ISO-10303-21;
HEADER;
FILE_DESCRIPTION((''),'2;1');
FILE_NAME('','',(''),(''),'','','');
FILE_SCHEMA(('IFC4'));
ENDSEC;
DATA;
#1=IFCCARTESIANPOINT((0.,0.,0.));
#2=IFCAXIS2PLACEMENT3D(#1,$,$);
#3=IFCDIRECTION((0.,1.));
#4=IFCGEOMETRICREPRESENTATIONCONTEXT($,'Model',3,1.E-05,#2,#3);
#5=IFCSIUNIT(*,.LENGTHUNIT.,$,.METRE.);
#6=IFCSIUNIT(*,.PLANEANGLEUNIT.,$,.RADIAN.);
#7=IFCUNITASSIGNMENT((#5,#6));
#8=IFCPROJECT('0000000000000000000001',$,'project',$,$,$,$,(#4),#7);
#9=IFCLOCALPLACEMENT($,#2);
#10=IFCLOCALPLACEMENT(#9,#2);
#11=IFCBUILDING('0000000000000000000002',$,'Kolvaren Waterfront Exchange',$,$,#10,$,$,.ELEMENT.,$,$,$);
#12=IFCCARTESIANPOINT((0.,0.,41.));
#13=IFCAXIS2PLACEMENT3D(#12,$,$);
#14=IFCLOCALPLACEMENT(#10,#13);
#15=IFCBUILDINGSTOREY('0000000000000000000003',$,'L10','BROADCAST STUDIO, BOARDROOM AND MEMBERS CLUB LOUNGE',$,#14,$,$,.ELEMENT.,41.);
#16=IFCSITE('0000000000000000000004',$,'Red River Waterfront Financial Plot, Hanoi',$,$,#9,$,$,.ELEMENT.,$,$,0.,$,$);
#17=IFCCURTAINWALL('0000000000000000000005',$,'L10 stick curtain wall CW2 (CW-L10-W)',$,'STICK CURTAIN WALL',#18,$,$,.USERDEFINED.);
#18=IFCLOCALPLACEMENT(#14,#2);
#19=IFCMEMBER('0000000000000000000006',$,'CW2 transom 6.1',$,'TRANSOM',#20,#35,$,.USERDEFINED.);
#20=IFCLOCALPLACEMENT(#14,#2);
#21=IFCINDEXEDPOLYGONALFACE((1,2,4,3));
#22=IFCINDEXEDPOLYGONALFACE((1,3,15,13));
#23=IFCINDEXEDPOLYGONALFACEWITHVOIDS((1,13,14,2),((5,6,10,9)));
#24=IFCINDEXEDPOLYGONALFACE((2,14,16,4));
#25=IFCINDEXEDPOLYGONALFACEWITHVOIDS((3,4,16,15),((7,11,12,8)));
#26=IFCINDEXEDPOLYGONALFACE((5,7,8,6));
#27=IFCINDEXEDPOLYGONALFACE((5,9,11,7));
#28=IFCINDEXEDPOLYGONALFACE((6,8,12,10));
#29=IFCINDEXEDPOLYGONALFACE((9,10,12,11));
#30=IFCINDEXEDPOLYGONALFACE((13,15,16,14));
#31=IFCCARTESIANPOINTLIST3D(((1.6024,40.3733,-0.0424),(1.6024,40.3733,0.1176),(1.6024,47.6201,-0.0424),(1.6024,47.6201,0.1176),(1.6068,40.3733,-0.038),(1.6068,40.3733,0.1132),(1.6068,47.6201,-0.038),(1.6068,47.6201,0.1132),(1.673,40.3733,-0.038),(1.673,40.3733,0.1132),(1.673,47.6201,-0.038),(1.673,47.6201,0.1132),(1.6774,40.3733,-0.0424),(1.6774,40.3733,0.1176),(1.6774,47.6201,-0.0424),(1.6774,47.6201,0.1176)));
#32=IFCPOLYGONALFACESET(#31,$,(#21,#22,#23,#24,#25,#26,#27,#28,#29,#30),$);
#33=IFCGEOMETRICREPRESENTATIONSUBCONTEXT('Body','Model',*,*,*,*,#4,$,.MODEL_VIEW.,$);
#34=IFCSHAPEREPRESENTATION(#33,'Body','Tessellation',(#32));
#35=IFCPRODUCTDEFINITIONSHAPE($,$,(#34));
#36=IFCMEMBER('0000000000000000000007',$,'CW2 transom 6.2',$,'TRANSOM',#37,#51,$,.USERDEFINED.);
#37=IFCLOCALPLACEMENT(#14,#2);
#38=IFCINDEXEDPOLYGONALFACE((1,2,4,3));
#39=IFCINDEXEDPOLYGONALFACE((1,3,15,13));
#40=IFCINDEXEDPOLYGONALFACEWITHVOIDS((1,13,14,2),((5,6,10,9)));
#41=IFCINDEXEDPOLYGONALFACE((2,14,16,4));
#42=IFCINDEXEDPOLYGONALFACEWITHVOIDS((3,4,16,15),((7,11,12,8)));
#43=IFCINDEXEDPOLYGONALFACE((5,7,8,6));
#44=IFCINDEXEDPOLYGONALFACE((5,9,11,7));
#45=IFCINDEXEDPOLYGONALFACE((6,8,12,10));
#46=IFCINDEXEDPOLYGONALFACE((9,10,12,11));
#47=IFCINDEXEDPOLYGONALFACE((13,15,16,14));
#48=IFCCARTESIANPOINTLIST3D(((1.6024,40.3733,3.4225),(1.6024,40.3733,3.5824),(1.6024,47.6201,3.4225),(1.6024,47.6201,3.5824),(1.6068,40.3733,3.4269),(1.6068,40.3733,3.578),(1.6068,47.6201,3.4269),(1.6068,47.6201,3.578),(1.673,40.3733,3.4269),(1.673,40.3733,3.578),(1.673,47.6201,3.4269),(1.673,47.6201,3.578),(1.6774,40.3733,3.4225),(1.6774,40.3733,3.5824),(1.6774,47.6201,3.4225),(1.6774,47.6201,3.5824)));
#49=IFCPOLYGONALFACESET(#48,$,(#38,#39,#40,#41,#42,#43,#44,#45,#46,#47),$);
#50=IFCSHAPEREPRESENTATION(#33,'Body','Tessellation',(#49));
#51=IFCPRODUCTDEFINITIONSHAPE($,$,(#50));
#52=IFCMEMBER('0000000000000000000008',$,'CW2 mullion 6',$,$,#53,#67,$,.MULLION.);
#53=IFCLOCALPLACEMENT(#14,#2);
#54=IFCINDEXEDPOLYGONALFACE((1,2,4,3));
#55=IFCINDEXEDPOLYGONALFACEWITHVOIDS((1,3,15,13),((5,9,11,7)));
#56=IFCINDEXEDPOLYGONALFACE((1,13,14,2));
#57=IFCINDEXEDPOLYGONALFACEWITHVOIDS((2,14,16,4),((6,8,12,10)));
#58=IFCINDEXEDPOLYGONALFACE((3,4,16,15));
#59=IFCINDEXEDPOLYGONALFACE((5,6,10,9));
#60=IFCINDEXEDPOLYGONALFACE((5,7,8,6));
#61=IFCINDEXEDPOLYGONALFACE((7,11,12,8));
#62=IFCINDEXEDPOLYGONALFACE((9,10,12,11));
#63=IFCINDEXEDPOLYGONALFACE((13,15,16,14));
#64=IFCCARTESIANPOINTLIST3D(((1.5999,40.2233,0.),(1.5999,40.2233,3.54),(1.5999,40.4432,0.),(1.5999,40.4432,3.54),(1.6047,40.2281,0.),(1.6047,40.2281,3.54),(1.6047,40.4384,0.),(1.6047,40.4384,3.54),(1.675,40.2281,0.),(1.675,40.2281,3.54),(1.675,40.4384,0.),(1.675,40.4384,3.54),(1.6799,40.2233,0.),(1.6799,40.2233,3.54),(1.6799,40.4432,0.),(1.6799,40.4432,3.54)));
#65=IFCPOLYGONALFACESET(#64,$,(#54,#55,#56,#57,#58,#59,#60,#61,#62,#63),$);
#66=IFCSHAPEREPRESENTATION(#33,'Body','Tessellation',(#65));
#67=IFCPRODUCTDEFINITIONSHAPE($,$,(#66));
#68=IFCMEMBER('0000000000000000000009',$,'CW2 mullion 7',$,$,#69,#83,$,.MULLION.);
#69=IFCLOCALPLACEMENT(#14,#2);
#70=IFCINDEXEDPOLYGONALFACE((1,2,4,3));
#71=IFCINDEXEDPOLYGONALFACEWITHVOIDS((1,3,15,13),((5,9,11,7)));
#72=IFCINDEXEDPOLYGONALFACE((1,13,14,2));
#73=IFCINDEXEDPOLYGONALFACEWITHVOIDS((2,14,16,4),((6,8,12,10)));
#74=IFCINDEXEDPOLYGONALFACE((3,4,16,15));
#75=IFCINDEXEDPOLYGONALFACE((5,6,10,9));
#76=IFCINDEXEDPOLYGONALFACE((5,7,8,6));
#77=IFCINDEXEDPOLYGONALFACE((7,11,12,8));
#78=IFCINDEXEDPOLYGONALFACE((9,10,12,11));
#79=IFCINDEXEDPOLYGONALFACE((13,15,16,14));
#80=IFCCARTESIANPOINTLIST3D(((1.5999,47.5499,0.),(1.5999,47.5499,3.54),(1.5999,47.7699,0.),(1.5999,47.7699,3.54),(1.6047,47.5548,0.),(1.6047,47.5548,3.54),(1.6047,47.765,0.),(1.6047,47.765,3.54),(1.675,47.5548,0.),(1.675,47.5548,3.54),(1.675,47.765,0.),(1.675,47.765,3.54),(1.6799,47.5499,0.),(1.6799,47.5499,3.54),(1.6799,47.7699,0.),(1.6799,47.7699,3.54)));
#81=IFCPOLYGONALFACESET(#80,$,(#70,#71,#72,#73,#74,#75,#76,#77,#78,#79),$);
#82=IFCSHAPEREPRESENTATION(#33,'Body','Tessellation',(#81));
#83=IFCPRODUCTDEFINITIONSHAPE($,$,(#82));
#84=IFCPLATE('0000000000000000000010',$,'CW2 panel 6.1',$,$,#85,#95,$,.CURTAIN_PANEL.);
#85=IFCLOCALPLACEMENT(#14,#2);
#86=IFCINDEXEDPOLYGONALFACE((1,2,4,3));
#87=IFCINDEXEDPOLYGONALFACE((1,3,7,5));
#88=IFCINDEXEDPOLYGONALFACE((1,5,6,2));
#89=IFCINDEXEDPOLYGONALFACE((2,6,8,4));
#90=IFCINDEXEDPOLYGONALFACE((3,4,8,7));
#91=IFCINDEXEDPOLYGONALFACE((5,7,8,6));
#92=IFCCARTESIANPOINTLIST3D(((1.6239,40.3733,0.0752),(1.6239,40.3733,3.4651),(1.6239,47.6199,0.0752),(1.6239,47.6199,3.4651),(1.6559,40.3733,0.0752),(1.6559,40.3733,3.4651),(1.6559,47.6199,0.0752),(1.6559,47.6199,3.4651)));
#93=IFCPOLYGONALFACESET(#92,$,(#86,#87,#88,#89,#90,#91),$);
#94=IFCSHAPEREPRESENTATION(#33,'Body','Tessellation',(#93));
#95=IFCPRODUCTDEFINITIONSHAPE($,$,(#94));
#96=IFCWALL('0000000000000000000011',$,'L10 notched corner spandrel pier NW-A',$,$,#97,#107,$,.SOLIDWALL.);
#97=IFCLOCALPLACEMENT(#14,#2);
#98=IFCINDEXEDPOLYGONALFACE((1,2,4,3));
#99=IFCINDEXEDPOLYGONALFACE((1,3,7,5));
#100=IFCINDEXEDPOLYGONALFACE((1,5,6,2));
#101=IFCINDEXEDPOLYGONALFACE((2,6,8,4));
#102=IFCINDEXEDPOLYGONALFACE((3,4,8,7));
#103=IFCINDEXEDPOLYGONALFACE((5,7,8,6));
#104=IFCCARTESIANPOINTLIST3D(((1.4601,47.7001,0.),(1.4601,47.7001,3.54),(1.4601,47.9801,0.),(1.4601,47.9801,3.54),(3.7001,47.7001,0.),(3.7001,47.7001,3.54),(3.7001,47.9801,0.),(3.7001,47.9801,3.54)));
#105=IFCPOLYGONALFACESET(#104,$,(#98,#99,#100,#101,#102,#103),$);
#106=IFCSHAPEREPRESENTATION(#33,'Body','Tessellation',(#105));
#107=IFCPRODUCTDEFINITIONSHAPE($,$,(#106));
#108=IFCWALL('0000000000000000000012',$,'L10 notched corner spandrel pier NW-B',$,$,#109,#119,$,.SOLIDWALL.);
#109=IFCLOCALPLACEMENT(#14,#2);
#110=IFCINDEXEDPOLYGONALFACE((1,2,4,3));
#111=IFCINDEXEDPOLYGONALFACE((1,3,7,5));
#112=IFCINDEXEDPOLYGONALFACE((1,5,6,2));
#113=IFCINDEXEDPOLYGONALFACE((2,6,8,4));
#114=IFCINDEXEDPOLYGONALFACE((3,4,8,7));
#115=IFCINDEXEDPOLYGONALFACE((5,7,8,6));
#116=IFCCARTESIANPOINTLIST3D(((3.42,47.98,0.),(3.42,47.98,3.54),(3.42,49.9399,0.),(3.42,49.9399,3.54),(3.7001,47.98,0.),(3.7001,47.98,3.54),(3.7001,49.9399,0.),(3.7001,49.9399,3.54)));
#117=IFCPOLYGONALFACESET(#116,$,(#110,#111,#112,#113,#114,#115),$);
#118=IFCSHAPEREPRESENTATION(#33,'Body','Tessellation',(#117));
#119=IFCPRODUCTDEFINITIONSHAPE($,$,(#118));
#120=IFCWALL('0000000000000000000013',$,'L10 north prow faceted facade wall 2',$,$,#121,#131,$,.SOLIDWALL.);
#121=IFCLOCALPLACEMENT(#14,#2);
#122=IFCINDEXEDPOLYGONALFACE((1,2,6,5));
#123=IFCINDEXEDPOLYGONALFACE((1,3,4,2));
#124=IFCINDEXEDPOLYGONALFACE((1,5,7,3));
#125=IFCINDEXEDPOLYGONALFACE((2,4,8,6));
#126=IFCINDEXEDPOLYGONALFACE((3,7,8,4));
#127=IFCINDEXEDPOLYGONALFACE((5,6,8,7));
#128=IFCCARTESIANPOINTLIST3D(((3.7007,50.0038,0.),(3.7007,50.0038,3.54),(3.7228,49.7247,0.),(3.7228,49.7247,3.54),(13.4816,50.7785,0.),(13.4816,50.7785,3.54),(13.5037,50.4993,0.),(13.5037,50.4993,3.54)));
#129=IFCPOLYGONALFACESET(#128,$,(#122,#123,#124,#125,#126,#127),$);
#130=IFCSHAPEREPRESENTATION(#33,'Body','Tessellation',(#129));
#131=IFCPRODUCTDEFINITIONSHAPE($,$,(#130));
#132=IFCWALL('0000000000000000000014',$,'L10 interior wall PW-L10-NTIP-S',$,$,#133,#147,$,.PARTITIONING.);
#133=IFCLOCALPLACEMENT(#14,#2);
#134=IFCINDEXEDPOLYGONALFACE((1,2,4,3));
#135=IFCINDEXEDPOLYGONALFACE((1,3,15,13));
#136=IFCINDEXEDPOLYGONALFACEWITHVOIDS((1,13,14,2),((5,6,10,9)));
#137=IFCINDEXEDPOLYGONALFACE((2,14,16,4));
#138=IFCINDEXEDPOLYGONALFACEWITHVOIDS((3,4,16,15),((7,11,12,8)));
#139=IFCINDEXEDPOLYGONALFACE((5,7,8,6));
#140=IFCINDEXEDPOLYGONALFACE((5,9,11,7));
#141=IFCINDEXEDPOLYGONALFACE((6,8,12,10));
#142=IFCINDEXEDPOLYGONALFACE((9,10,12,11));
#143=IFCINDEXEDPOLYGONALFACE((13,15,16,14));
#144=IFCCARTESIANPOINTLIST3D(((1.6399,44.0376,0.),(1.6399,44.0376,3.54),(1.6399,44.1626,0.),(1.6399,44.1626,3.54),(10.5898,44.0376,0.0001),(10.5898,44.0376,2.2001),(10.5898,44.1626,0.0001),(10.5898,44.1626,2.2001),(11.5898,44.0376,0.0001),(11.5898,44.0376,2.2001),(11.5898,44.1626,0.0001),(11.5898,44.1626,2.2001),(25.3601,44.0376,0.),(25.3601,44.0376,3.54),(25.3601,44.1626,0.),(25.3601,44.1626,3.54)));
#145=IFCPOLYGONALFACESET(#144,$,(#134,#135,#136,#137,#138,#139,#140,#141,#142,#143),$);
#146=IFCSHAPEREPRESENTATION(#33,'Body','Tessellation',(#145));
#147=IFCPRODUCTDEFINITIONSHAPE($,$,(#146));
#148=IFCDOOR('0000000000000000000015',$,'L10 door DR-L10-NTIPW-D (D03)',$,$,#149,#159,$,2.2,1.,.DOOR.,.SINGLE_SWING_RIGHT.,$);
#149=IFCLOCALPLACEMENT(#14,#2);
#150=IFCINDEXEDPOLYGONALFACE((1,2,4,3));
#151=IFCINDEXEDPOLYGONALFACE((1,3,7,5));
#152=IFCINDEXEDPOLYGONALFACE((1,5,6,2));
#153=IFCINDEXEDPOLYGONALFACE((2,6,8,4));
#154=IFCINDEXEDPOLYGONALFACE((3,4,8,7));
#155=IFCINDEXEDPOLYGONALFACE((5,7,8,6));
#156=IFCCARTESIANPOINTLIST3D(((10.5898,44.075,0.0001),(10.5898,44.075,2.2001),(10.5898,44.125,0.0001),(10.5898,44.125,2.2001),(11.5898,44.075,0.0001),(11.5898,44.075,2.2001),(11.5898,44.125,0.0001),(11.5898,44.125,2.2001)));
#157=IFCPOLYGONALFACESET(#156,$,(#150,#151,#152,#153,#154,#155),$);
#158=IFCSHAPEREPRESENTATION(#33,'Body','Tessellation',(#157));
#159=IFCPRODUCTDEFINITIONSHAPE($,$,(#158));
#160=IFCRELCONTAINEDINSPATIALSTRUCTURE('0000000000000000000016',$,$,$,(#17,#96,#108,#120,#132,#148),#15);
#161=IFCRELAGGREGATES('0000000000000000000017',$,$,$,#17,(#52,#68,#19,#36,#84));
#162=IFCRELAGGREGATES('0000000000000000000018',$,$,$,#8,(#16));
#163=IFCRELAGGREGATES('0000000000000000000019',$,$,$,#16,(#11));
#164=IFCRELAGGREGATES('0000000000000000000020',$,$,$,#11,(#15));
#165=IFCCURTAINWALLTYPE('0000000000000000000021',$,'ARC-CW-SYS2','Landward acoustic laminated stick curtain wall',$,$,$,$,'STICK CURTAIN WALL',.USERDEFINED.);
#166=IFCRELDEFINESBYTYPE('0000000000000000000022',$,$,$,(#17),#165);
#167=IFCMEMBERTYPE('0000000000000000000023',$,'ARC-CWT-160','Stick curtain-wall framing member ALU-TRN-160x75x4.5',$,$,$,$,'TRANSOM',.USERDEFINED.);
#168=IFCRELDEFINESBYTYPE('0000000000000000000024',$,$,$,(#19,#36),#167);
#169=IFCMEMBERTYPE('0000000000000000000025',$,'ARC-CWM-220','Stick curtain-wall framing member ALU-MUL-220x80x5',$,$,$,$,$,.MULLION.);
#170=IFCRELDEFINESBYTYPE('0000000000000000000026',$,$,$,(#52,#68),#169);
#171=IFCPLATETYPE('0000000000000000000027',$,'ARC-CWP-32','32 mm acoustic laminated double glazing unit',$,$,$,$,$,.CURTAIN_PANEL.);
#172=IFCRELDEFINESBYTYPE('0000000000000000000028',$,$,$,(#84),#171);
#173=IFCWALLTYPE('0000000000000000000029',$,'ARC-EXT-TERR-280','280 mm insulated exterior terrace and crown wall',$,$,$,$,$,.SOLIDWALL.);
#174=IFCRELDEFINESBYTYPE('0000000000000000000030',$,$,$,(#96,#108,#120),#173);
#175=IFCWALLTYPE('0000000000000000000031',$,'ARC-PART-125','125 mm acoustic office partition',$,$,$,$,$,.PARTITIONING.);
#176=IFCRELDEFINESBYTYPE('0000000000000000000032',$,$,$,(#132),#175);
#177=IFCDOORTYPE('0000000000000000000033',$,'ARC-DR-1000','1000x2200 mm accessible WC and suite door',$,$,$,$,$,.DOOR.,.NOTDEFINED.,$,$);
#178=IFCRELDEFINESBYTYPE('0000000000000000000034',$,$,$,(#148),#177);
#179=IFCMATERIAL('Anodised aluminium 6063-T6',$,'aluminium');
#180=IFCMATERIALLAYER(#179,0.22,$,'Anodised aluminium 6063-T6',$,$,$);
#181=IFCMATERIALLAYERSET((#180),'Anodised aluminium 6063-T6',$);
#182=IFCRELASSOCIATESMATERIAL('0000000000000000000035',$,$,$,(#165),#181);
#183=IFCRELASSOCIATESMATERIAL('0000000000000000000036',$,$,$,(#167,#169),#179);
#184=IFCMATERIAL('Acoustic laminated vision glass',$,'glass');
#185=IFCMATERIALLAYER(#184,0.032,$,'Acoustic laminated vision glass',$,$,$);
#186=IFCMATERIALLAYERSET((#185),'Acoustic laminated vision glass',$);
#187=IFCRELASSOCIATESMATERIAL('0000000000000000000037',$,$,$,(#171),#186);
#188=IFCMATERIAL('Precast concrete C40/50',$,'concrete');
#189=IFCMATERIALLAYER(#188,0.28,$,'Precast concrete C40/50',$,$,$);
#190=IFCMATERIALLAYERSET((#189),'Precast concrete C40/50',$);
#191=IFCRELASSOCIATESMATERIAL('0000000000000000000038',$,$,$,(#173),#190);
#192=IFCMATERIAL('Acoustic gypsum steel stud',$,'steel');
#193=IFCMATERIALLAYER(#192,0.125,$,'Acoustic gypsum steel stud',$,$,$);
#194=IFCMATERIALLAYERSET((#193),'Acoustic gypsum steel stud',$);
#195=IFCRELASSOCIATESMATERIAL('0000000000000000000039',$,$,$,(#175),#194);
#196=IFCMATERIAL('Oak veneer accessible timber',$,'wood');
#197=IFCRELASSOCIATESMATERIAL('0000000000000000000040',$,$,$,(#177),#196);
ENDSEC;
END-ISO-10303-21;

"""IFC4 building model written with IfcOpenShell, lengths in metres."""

from ifc_helpers import new_model, si_unit, direction, frame, frame_2d, origin, origin_with_axes, origin_2d, place, context, subcontext, project, spatial, rectangle, hollow_rectangle, extrude, source, transform, mapped, material, layer, layer_set, material_profile, profile_set, type_object, element, fill, aggregate, save


model = new_model("IFC4")

# Units and contexts
model_context = context("Model", 3, precision=1e-05, world=origin(), true_north=direction((0.0, 1.0)))
body_context = subcontext(model_context, "Body", "Model", "MODEL_VIEW")
ifc_project = project(units=[si_unit("LENGTHUNIT", "METRE"), si_unit("PLANEANGLEUNIT", "RADIAN")], contexts=[model_context])

# Site, building, storey
site_placement = place(None, origin())
site = spatial("IfcSite", under=ifc_project, at=site_placement, Name="Red River Waterfront Financial Plot, Hanoi", CompositionType="ELEMENT", RefElevation=0.0)
building_placement = place(site_placement, origin())
building = spatial("IfcBuilding", under=site, at=building_placement, Name="Kolvaren Waterfront Exchange", CompositionType="ELEMENT")
storey_placement = place(building_placement, frame((0.0, 0.0, 41.0)))
storey = spatial("IfcBuildingStorey", under=building, at=storey_placement, Name="L10", Description="BROADCAST STUDIO, BOARDROOM AND MEMBERS CLUB LOUNGE", CompositionType="ELEMENT", Elevation=41.0)

# Curtain wall, members, plate
ifc_material_1 = material(Name="Anodised aluminium 6063-T6", Category="aluminium")
ifc_layer_1 = layer(ifc_material_1, 0.22, Name="Anodised aluminium 6063-T6")
ifc_layer_set_1 = layer_set([ifc_layer_1], Name="Anodised aluminium 6063-T6")
curtain_wall_type = type_object("IfcCurtainWallType", Name="ARC-CW-SYS2", Description="Landward acoustic laminated stick curtain wall", ElementType="STICK CURTAIN WALL", PredefinedType="USERDEFINED", material=ifc_layer_set_1)
curtain_wall_placement = place(storey_placement, origin())
curtain_wall = element("IfcCurtainWall", 1, at=curtain_wall_placement, inside=storey, type_object=curtain_wall_type, Name="L10 stick curtain wall CW2 (CW-L10-W)", ObjectType="STICK CURTAIN WALL", PredefinedType="USERDEFINED")
ifc_material_profile_1 = material_profile(ifc_material_1, hollow_rectangle(XDim=0.075, YDim=0.1599, WallThickness=0.0044, at=origin_2d()), Name="ALU-TRN-160x75x4.5")
ifc_profile_set_1 = profile_set([ifc_material_profile_1], Name="Anodised aluminium 6063-T6")
member_type_1 = type_object("IfcMemberType", Name="ARC-CWT-160", Description="Stick curtain-wall framing member ALU-TRN-160x75x4.5", ElementType="TRANSOM", PredefinedType="USERDEFINED", material=ifc_profile_set_1)
shared_shape_1 = source(origin_with_axes(), body_context, "Body", "SweptSolid", [
    extrude(hollow_rectangle(XDim=0.075, YDim=0.1599, WallThickness=0.0044, at=origin_2d()), origin(), (0.0, 0.0, 1.0), 7.2468),
])
member_1_placement = place(storey_placement, frame((1.6399, 40.3733, 0.0376), z_axis=(0.0, 1.0, 0.0), x_axis=(-1.0, 0.0, 0.0)))
member_1 = element("IfcMember", 2, at=member_1_placement, type_object=member_type_1, Name="CW2 transom 6.1", ObjectType="TRANSOM", PredefinedType="USERDEFINED", context=body_context, shape_type="MappedRepresentation", body=[
    mapped(shared_shape_1, transform((0.0, 0.0, 0.0), x_axis=(1.0, 0.0, 0.0), y_axis=(0.0, 1.0, 0.0), z_axis=(0.0, 0.0, 1.0), scale=1.0)),
])
member_2_placement = place(storey_placement, frame((1.6399, 40.3733, 3.5024), z_axis=(0.0, 1.0, 0.0), x_axis=(-1.0, 0.0, 0.0)))
member_2 = element("IfcMember", 3, at=member_2_placement, type_object=member_type_1, Name="CW2 transom 6.2", ObjectType="TRANSOM", PredefinedType="USERDEFINED", context=body_context, shape_type="MappedRepresentation", body=[
    mapped(shared_shape_1, transform((0.0, 0.0, 0.0), x_axis=(1.0, 0.0, 0.0), y_axis=(0.0, 1.0, 0.0), z_axis=(0.0, 0.0, 1.0), scale=1.0)),
])
ifc_material_profile_2 = material_profile(ifc_material_1, hollow_rectangle(XDim=0.0801, YDim=0.22, WallThickness=0.0049, at=origin_2d()), Name="ALU-MUL-220x80x5")
ifc_profile_set_2 = profile_set([ifc_material_profile_2], Name="Anodised aluminium 6063-T6")
member_type_2 = type_object("IfcMemberType", Name="ARC-CWM-220", Description="Stick curtain-wall framing member ALU-MUL-220x80x5", PredefinedType="MULLION", material=ifc_profile_set_2)
shared_shape_2 = source(origin_with_axes(), body_context, "Body", "SweptSolid", [
    extrude(hollow_rectangle(XDim=0.0801, YDim=0.22, WallThickness=0.0049, at=origin_2d()), origin(), (0.0, 0.0, 1.0), 3.54),
])
member_3_placement = place(storey_placement, frame((1.6399, 40.3333, 0.0), z_axis=(0.0, 0.0, 1.0), x_axis=(-1.0, 0.0, 0.0)))
member_3 = element("IfcMember", 4, at=member_3_placement, type_object=member_type_2, Name="CW2 mullion 6", PredefinedType="MULLION", context=body_context, shape_type="MappedRepresentation", body=[
    mapped(shared_shape_2, transform((0.0, 0.0, 0.0), x_axis=(1.0, 0.0, 0.0), y_axis=(0.0, 1.0, 0.0), z_axis=(0.0, 0.0, 1.0), scale=1.0)),
])
member_4_placement = place(storey_placement, frame((1.6399, 47.6599, 0.0), z_axis=(0.0, 0.0, 1.0), x_axis=(-1.0, 0.0, 0.0)))
member_4 = element("IfcMember", 5, at=member_4_placement, type_object=member_type_2, Name="CW2 mullion 7", PredefinedType="MULLION", context=body_context, shape_type="MappedRepresentation", body=[
    mapped(shared_shape_2, transform((0.0, 0.0, 0.0), x_axis=(1.0, 0.0, 0.0), y_axis=(0.0, 1.0, 0.0), z_axis=(0.0, 0.0, 1.0), scale=1.0)),
])
ifc_material_2 = material(Name="Acoustic laminated vision glass", Category="glass")
ifc_layer_2 = layer(ifc_material_2, 0.032, Name="Acoustic laminated vision glass")
ifc_layer_set_2 = layer_set([ifc_layer_2], Name="Acoustic laminated vision glass")
plate_type = type_object("IfcPlateType", Name="ARC-CWP-32", Description="32 mm acoustic laminated double glazing unit", PredefinedType="CURTAIN_PANEL", material=ifc_layer_set_2)
shared_shape_3 = source(origin_with_axes(), body_context, "Body", "SweptSolid", [
    extrude(rectangle(XDim=7.2466, YDim=0.032, at=origin_2d()), origin(), (0.0, 0.0, 1.0), 3.3899),
])
plate_placement = place(storey_placement, frame((1.6399, 43.9966, 0.0752), z_axis=(0.0, 0.0, 1.0), x_axis=(0.0, 1.0, 0.0)))
plate = element("IfcPlate", 6, at=plate_placement, type_object=plate_type, Name="CW2 panel 6.1", PredefinedType="CURTAIN_PANEL", context=body_context, shape_type="MappedRepresentation", body=[
    mapped(shared_shape_3, transform((0.0, 0.0, 0.0), x_axis=(1.0, 0.0, 0.0), y_axis=(0.0, 1.0, 0.0), z_axis=(0.0, 0.0, 1.0), scale=1.0)),
])
aggregate(curtain_wall, [member_3, member_4, member_1, member_2, plate])

# Walls
ifc_material_3 = material(Name="Precast concrete C40/50", Category="concrete")
ifc_layer_3 = layer(ifc_material_3, 0.28, Name="Precast concrete C40/50")
ifc_layer_set_3 = layer_set([ifc_layer_3], Name="Precast concrete C40/50")
wall_type_1 = type_object("IfcWallType", Name="ARC-EXT-TERR-280", Description="280 mm insulated exterior terrace and crown wall", PredefinedType="SOLIDWALL", material=ifc_layer_set_3)
wall_1_placement = place(storey_placement, frame((1.46, 47.8401, 0.0), z_axis=(0.0, 0.0, 1.0), x_axis=(1.0, 0.0, 0.0)))
element("IfcWall", 7, at=wall_1_placement, inside=storey, type_object=wall_type_1, Name="L10 notched corner spandrel pier NW-A", PredefinedType="SOLIDWALL", context=body_context, shape_type="SweptSolid", body=[
    extrude(rectangle(XDim=2.24, YDim=0.28, at=frame_2d((1.1201, 0.0))), origin(), (0.0, 0.0, 1.0), 3.54),
])
wall_2_placement = place(storey_placement, frame((3.5601, 47.98, 0.0), z_axis=(0.0, 0.0, 1.0), x_axis=(0.0, 1.0, 0.0)))
element("IfcWall", 8, at=wall_2_placement, inside=storey, type_object=wall_type_1, Name="L10 notched corner spandrel pier NW-B", PredefinedType="SOLIDWALL", context=body_context, shape_type="SweptSolid", body=[
    extrude(rectangle(XDim=1.96, YDim=0.28, at=frame_2d((0.98, 0.0))), origin(), (0.0, 0.0, 1.0), 3.54),
])
wall_3_placement = place(storey_placement, frame((13.4927, 50.6389, 0.0), z_axis=(0.0, 0.0, 1.0), x_axis=(-0.996878, -0.078953, 0.0)))
element("IfcWall", 9, at=wall_3_placement, inside=storey, type_object=wall_type_1, Name="L10 north prow faceted facade wall 2", PredefinedType="SOLIDWALL", context=body_context, shape_type="SweptSolid", body=[
    extrude(rectangle(XDim=9.8115, YDim=0.28, at=frame_2d((4.9058, 0.0))), origin(), (0.0, 0.0, 1.0), 3.54),
])

# Wall, opening, door
ifc_material_4 = material(Name="Acoustic gypsum steel stud", Category="steel")
ifc_layer_4 = layer(ifc_material_4, 0.125, Name="Acoustic gypsum steel stud")
ifc_layer_set_4 = layer_set([ifc_layer_4], Name="Acoustic gypsum steel stud")
wall_type_2 = type_object("IfcWallType", Name="ARC-PART-125", Description="125 mm acoustic office partition", PredefinedType="PARTITIONING", material=ifc_layer_set_4)
wall_4_placement = place(storey_placement, frame((1.6399, 44.1001, 0.0), z_axis=(0.0, 0.0, 1.0), x_axis=(1.0, 0.0, 0.0)))
wall_4 = element("IfcWall", 10, at=wall_4_placement, inside=storey, type_object=wall_type_2, Name="L10 interior wall PW-L10-NTIP-S", PredefinedType="PARTITIONING", context=body_context, shape_type="SweptSolid", body=[
    extrude(rectangle(XDim=23.7202, YDim=0.125, at=frame_2d((11.8601, 0.0))), origin(), (0.0, 0.0, 1.0), 3.54),
])
opening_1_placement = place(wall_4_placement, frame((8.95, 0.0, 0.0)))
opening_1 = element("IfcOpeningElement", 11, at=opening_1_placement, cuts=wall_4, PredefinedType="OPENING", context=body_context, shape_type="SweptSolid", body=[
    extrude(rectangle(XDim=1.0, YDim=2.2, at=frame_2d((0.5, 1.1001))), frame((0.0, 0.0725, 0.0), z_axis=(0.0, -1.0, 0.0), x_axis=(1.0, 0.0, 0.0)), (0.0, 0.0, 1.0), 0.145),
])
ifc_material_5 = material(Name="Oak veneer accessible timber", Category="wood")
door_type_1 = type_object("IfcDoorType", Name="ARC-DR-1000", Description="1000x2200 mm accessible WC and suite door", OperationType="NOTDEFINED", PredefinedType="DOOR", material=ifc_material_5)
door_1_placement = place(opening_1_placement, origin())
door_1 = element("IfcDoor", 12, at=door_1_placement, inside=storey, type_object=door_type_1, Name="L10 door DR-L10-NTIPW-D (D03)", OperationType="SINGLE_SWING_RIGHT", OverallHeight=2.2, OverallWidth=1.0, PredefinedType="DOOR", context=body_context, shape_type="SweptSolid", body=[
    extrude(rectangle(XDim=1.0, YDim=2.2, at=frame_2d((0.5, 1.1001))), frame((0.0, 0.0249, 0.0), z_axis=(0.0, -1.0, 0.0), x_axis=(1.0, 0.0, 0.0)), (0.0, 0.0, 1.0), 0.05),
])
fill(opening_1, door_1)

save(model, "model.ifc")
